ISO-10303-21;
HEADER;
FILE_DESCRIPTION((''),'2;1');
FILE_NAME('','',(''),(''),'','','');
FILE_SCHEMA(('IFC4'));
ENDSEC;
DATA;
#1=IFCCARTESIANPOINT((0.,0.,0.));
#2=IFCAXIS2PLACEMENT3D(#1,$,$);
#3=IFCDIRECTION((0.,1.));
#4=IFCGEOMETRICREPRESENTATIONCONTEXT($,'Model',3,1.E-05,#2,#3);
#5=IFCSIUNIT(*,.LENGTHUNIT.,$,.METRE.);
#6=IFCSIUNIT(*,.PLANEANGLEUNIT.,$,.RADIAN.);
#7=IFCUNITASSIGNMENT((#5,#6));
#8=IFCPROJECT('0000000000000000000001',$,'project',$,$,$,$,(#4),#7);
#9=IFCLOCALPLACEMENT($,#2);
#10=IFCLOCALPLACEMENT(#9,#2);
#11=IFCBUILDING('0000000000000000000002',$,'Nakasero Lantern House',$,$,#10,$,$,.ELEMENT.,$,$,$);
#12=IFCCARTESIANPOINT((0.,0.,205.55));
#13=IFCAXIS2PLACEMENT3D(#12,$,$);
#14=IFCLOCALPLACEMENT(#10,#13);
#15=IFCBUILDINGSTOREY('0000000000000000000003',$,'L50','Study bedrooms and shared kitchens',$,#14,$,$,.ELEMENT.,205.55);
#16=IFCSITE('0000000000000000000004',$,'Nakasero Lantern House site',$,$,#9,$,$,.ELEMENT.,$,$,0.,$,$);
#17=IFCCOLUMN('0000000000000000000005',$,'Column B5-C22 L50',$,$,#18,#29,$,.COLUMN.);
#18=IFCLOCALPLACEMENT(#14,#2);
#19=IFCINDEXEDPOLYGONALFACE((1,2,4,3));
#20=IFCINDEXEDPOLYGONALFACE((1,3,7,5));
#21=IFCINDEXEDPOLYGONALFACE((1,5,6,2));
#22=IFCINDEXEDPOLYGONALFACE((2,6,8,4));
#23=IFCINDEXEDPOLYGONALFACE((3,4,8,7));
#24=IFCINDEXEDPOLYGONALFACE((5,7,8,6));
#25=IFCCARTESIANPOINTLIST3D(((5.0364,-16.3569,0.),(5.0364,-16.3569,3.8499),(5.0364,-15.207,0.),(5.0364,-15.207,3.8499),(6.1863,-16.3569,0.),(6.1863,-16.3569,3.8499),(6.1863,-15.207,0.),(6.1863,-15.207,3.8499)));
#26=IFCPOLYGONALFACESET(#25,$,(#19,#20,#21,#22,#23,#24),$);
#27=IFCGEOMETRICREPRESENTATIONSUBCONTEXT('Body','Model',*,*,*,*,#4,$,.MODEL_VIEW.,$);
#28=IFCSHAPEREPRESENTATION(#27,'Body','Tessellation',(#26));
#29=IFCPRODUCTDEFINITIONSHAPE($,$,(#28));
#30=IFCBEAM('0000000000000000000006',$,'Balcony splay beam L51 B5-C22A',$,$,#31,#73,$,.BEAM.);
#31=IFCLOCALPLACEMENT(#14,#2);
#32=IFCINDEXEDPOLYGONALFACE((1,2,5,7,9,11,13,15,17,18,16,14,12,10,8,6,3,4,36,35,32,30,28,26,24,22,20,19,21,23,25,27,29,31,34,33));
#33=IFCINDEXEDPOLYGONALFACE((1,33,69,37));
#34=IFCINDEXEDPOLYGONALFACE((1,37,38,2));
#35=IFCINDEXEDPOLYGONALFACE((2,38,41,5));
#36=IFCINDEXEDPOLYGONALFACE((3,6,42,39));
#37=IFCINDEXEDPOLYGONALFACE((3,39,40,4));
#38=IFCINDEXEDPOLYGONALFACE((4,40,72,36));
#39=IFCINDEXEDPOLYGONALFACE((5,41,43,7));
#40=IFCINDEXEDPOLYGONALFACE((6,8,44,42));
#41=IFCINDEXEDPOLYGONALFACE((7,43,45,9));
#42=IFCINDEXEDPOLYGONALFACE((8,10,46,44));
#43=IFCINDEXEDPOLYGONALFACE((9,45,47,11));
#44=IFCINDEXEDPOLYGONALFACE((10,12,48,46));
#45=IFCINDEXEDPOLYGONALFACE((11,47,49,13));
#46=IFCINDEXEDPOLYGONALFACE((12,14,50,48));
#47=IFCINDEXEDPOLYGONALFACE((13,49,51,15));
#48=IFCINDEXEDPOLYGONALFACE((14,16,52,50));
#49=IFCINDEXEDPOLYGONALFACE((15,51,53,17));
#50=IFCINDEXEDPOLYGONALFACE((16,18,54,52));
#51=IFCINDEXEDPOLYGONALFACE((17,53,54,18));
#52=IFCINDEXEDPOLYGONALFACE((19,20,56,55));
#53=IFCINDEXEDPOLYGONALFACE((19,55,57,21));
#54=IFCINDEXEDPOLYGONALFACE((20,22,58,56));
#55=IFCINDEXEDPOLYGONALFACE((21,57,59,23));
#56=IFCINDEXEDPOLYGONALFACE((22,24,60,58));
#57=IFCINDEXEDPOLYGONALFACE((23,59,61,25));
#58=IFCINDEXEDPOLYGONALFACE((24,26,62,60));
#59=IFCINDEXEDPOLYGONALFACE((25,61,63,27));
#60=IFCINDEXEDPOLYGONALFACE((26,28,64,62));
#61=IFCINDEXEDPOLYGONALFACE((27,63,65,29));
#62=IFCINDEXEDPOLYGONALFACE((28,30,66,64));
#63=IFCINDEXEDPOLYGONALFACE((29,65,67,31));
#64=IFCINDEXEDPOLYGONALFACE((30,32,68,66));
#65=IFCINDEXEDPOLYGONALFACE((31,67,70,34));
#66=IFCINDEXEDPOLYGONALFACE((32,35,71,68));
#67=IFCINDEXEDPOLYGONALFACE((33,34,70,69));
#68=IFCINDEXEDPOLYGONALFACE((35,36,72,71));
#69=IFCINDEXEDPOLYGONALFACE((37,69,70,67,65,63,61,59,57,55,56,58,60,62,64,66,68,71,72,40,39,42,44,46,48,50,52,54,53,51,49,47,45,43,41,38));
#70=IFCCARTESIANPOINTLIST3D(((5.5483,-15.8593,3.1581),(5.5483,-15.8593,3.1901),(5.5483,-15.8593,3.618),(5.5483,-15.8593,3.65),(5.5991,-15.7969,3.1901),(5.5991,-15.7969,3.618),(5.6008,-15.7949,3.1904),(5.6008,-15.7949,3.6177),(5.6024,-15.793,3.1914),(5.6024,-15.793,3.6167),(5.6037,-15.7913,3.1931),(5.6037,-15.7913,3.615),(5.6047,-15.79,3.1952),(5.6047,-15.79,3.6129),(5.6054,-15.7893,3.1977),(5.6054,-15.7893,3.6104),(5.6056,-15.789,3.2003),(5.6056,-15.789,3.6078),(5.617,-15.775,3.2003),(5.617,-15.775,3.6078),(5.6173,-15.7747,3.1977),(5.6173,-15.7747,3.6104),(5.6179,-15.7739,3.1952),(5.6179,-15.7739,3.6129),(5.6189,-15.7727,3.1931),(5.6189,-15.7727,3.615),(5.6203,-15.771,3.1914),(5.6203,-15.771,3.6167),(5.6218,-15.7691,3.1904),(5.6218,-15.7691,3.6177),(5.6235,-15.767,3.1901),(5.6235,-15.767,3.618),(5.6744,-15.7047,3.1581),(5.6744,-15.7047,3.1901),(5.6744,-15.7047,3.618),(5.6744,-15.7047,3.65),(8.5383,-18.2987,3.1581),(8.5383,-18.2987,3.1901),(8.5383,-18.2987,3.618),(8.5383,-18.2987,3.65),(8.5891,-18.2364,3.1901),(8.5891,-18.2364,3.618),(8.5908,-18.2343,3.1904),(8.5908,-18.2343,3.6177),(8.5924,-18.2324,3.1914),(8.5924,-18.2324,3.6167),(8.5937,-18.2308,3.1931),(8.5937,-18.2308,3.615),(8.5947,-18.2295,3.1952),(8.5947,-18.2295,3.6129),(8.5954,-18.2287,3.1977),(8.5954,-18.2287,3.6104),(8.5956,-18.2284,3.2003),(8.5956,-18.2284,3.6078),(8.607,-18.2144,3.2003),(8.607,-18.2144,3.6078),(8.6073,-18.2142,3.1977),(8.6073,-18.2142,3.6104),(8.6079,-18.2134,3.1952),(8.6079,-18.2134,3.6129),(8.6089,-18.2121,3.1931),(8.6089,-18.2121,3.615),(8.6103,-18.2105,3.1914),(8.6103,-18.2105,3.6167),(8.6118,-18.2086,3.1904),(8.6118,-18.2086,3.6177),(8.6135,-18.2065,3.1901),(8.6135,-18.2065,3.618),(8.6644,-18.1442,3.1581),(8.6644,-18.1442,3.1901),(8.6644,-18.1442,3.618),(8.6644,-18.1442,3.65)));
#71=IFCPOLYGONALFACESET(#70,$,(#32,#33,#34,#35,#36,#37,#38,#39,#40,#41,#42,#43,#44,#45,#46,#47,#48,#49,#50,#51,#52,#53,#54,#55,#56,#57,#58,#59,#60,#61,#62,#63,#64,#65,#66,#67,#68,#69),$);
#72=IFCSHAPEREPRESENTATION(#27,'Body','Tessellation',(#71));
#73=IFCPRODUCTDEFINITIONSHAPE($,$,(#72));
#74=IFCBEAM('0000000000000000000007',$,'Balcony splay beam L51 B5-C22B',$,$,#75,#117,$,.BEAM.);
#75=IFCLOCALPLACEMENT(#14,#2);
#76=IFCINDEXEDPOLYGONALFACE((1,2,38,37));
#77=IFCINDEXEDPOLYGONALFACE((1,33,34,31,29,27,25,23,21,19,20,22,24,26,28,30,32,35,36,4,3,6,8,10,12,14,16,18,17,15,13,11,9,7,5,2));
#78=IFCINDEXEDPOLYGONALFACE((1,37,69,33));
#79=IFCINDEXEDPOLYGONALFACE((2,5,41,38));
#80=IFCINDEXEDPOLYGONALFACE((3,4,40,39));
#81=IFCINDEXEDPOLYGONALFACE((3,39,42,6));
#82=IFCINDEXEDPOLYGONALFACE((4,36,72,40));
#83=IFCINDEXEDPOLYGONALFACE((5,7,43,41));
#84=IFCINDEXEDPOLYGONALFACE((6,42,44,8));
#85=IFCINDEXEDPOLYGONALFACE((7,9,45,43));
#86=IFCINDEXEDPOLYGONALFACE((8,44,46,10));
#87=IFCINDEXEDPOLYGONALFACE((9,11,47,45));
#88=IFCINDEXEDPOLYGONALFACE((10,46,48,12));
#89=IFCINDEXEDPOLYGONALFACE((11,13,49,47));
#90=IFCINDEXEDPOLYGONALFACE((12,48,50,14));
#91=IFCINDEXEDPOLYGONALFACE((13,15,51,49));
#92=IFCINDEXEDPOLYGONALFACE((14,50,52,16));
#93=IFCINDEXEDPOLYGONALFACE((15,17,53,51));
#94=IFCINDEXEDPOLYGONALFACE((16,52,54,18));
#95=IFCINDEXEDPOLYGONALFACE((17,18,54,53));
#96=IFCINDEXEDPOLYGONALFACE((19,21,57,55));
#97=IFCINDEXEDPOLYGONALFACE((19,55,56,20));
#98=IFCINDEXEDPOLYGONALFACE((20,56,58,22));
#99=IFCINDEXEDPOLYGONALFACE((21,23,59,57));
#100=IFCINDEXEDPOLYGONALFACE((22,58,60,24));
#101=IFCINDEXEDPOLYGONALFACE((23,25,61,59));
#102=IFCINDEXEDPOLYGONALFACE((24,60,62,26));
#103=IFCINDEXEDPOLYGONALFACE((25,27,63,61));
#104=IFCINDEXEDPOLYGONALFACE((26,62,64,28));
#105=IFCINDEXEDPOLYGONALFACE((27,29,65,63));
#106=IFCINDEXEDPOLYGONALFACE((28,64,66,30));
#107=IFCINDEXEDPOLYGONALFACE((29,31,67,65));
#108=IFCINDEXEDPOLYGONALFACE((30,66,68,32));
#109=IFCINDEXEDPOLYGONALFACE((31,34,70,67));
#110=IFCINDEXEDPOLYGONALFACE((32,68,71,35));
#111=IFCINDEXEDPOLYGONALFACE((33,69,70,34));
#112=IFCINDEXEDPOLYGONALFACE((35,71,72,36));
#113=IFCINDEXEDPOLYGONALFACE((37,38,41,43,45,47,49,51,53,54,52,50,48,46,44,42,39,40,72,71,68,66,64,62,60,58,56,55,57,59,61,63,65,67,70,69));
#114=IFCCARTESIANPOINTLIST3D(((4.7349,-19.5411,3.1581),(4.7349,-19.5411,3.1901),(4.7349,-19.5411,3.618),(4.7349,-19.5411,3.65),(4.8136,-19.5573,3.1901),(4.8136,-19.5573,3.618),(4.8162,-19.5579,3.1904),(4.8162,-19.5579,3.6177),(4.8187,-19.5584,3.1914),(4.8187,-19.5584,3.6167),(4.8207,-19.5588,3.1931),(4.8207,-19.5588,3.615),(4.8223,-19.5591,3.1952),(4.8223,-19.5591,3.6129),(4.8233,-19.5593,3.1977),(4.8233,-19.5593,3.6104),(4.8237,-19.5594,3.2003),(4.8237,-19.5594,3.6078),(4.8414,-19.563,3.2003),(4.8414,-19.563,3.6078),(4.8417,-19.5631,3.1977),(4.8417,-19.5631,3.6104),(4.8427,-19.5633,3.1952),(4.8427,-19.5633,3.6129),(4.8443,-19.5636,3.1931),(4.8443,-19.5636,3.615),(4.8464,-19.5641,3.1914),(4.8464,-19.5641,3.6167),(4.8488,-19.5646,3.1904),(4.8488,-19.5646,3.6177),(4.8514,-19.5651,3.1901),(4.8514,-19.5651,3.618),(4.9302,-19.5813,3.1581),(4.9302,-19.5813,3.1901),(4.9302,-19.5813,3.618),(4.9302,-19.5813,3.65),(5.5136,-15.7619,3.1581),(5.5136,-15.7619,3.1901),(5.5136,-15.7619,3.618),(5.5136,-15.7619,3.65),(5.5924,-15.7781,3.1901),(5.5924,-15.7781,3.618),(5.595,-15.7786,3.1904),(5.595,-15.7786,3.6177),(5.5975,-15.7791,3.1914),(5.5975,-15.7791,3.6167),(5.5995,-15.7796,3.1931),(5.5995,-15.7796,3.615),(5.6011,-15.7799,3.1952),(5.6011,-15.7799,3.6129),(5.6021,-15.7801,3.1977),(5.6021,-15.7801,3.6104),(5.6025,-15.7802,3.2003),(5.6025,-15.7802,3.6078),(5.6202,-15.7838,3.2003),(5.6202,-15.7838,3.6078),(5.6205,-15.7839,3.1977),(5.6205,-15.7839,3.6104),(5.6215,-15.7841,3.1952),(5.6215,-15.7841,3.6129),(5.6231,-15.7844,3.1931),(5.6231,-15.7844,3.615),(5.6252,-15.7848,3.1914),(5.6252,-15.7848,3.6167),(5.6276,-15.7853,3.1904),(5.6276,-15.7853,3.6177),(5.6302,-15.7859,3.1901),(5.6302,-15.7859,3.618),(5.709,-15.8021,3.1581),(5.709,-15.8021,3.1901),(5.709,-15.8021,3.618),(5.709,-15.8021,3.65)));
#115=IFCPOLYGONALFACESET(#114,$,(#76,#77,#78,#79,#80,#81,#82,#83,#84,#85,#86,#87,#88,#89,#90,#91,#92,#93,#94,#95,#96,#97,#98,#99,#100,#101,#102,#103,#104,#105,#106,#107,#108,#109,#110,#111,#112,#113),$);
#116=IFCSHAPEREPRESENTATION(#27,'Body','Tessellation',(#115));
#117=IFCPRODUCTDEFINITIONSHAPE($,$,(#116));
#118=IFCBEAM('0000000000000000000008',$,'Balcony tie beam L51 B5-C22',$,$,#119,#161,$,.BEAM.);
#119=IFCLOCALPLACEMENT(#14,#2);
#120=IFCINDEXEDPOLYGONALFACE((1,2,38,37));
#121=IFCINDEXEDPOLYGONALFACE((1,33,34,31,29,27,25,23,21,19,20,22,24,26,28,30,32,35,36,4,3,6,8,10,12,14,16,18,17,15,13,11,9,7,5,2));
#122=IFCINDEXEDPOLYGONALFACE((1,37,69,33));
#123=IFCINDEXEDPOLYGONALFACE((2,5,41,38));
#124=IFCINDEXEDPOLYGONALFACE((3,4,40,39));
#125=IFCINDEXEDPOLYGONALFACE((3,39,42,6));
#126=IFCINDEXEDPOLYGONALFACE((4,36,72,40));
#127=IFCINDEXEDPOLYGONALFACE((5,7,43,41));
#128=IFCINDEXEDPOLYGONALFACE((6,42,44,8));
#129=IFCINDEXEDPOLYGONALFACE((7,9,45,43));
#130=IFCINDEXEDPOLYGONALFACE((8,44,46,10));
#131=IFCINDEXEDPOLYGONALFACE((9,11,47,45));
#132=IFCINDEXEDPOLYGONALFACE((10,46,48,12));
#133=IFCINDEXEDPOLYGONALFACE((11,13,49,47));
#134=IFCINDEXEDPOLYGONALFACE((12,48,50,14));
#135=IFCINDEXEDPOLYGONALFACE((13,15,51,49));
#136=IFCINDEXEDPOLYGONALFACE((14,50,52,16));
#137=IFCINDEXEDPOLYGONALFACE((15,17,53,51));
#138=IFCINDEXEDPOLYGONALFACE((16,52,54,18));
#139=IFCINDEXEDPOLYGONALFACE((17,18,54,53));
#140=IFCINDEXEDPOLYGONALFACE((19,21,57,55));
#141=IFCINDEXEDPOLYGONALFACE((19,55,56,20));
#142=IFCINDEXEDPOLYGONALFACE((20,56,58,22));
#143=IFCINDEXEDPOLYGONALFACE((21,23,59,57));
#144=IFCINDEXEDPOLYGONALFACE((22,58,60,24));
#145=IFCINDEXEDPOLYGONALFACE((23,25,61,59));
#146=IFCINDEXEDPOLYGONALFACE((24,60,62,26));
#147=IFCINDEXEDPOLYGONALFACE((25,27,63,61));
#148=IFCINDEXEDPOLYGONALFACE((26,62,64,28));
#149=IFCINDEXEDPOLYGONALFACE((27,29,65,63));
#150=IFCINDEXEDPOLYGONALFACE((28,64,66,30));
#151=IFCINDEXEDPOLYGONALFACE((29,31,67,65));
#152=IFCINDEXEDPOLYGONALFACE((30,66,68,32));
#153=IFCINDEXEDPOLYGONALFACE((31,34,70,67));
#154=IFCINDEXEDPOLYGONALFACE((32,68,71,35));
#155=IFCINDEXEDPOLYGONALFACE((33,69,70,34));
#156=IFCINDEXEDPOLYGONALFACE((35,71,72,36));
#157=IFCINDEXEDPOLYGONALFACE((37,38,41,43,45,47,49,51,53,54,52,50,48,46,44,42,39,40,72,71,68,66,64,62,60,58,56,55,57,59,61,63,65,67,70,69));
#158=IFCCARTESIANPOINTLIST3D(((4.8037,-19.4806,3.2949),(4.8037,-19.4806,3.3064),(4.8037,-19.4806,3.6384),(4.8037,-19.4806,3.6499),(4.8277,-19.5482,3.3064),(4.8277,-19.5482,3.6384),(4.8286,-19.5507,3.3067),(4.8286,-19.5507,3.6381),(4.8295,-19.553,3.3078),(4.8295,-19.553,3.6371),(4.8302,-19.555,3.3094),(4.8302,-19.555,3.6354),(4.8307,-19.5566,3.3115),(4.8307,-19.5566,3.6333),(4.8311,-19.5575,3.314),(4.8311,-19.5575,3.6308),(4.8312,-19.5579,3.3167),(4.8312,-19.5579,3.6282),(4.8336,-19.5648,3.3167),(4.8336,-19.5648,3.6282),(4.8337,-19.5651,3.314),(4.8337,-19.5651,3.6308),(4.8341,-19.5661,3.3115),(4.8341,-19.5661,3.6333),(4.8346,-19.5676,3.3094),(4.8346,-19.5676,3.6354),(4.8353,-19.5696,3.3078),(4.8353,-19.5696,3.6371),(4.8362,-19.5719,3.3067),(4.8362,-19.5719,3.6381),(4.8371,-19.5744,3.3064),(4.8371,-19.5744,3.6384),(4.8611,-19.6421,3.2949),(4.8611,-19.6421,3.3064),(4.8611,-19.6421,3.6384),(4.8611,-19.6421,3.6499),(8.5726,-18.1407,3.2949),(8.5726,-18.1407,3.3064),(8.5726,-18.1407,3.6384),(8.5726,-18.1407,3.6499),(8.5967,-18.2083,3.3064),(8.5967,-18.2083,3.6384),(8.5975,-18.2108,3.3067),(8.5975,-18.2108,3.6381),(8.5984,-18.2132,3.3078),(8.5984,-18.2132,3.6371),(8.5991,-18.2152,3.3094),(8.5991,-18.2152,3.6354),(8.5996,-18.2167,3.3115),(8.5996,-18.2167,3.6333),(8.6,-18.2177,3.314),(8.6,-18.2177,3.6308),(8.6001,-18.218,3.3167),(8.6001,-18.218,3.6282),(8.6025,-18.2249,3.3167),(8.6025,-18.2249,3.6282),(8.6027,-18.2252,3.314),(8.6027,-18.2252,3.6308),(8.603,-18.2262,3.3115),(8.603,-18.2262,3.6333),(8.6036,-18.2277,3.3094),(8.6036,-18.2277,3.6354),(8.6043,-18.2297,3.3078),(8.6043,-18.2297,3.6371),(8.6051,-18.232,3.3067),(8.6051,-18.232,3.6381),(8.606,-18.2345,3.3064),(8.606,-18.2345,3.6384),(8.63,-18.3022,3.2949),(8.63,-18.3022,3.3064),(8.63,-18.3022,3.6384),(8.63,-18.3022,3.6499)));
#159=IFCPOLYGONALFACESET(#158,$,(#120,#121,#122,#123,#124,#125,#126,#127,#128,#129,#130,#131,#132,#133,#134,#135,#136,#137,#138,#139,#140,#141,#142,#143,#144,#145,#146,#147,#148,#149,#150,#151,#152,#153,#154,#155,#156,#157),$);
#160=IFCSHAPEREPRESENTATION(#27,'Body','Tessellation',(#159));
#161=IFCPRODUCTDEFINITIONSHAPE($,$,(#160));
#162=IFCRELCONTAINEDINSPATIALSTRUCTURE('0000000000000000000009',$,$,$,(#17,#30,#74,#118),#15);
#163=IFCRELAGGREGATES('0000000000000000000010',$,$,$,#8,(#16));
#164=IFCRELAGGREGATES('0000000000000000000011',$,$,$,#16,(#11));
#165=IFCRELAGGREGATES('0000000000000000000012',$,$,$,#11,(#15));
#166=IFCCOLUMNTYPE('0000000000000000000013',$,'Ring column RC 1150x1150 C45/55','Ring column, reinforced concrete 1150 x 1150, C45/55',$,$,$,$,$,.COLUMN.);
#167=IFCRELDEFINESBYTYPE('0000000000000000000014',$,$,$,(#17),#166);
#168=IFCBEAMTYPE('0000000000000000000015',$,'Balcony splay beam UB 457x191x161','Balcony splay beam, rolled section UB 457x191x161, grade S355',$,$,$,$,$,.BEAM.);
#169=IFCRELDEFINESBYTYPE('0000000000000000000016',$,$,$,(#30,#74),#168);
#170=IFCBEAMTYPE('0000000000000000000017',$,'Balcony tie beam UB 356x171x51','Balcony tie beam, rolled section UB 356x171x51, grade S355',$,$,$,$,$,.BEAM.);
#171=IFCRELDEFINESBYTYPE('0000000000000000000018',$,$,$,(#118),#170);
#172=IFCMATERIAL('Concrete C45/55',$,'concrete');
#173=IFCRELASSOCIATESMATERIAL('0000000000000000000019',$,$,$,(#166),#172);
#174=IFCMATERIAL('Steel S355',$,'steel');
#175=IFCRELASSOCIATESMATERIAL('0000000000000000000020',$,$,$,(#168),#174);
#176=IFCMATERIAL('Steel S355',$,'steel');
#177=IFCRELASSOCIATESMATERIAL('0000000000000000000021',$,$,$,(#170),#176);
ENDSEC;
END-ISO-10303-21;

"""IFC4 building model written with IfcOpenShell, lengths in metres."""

from ifc_helpers import new_model, si_unit, direction, frame, origin, origin_2d, place, context, subcontext, project, spatial, rectangle, i_section, extrude, material, material_profile, profile_set, type_object, element, save


model = new_model("IFC4")

# Units and contexts
model_context = context("Model", 3, precision=1e-05, world=origin(), true_north=direction((0.0, 1.0)))
body_context = subcontext(model_context, "Body", "Model", "MODEL_VIEW")
ifc_project = project(units=[si_unit("LENGTHUNIT", "METRE"), si_unit("PLANEANGLEUNIT", "RADIAN")], contexts=[model_context])

# Site, building, storey
site_placement = place(None, origin())
site = spatial("IfcSite", under=ifc_project, at=site_placement, Name="Nakasero Lantern House site", CompositionType="ELEMENT", RefElevation=0.0)
building_placement = place(site_placement, origin())
building = spatial("IfcBuilding", under=site, at=building_placement, Name="Nakasero Lantern House", CompositionType="ELEMENT")
storey_placement = place(building_placement, frame((0.0, 0.0, 205.55)))
storey = spatial("IfcBuildingStorey", under=building, at=storey_placement, Name="L50", Description="Study bedrooms and shared kitchens", CompositionType="ELEMENT", Elevation=205.55)

# Column
ifc_material_1 = material(Name="Concrete C45/55", Category="concrete")
ifc_material_profile_1 = material_profile(ifc_material_1, rectangle(XDim=1.1499, YDim=1.1499, at=origin_2d()), Name="RC 1150x1150")
ifc_profile_set_1 = profile_set([ifc_material_profile_1], Name="Concrete C45/55")
column_type = type_object("IfcColumnType", Name="Ring column RC 1150x1150 C45/55", Description="Ring column, reinforced concrete 1150 x 1150, C45/55", PredefinedType="COLUMN", material=ifc_profile_set_1)
column_placement = place(storey_placement, frame((5.6113, -15.782, 0.0), z_axis=(0.0, 0.0, 1.0), x_axis=(1.0, 0.0, 0.0)))
element("IfcColumn", 1, at=column_placement, inside=storey, type_object=column_type, Name="Column B5-C22 L50", PredefinedType="COLUMN", context=body_context, shape_type="SweptSolid", body=[
    extrude(rectangle(XDim=1.1499, YDim=1.1499, at=origin_2d()), origin(), (0.0, 0.0, 1.0), 3.8499),
])

# Beams
ifc_material_2 = material(Name="Steel S355", Category="steel")
ifc_material_profile_2 = material_profile(ifc_material_2, i_section(OverallWidth=0.1995, OverallDepth=0.4919, WebThickness=0.0181, FlangeThickness=0.032, FilletRadius=0.0103, at=origin_2d()), Name="UB 457x191x161")
ifc_profile_set_2 = profile_set([ifc_material_profile_2], Name="Steel S355")
beam_type_1 = type_object("IfcBeamType", Name="Balcony splay beam UB 457x191x161", Description="Balcony splay beam, rolled section UB 457x191x161, grade S355", PredefinedType="BEAM", material=ifc_profile_set_2)
beam_1_placement = place(storey_placement, frame((5.6113, -15.782, 3.4041), z_axis=(0.774833, -0.632166, 0.0), x_axis=(0.632166, 0.774833, 0.0)))
element("IfcBeam", 2, at=beam_1_placement, inside=storey, type_object=beam_type_1, Name="Balcony splay beam L51 B5-C22A", PredefinedType="BEAM", context=body_context, shape_type="SweptSolid", body=[
    extrude(i_section(OverallWidth=0.1995, OverallDepth=0.4919, WebThickness=0.0181, FlangeThickness=0.032, FilletRadius=0.0103, at=origin_2d()), origin(), (0.0, 0.0, 1.0), 3.8589),
])
beam_2_placement = place(storey_placement, frame((5.6113, -15.782, 3.4041), z_axis=(-0.201831, -0.97942, 0.0), x_axis=(0.97942, -0.201831, 0.0)))
element("IfcBeam", 3, at=beam_2_placement, inside=storey, type_object=beam_type_1, Name="Balcony splay beam L51 B5-C22B", PredefinedType="BEAM", context=body_context, shape_type="SweptSolid", body=[
    extrude(i_section(OverallWidth=0.1995, OverallDepth=0.4919, WebThickness=0.0181, FlangeThickness=0.032, FilletRadius=0.0103, at=origin_2d()), origin(), (0.0, 0.0, 1.0), 3.8586),
])
ifc_material_3 = material(Name="Steel S355", Category="steel")
ifc_material_profile_3 = material_profile(ifc_material_3, i_section(OverallWidth=0.1714, OverallDepth=0.355, WebThickness=0.0073, FlangeThickness=0.0115, FilletRadius=0.0103, at=origin_2d()), Name="UB 356x171x51")
ifc_profile_set_3 = profile_set([ifc_material_profile_3], Name="Steel S355")
beam_type_2 = type_object("IfcBeamType", Name="Balcony tie beam UB 356x171x51", Description="Balcony tie beam, rolled section UB 356x171x51, grade S355", PredefinedType="BEAM", material=ifc_profile_set_3)
beam_3_placement = place(storey_placement, frame((8.6013, -18.2214, 3.4724), z_axis=(-0.942228, -0.334971, 0.0), x_axis=(0.334971, -0.942228, 0.0)))
element("IfcBeam", 4, at=beam_3_placement, inside=storey, type_object=beam_type_2, Name="Balcony tie beam L51 B5-C22", PredefinedType="BEAM", context=body_context, shape_type="SweptSolid", body=[
    extrude(i_section(OverallWidth=0.1714, OverallDepth=0.355, WebThickness=0.0073, FlangeThickness=0.0115, FilletRadius=0.0103, at=origin_2d()), origin(), (0.0, 0.0, 1.0), 4.0),
])

save(model, "model.ifc")
